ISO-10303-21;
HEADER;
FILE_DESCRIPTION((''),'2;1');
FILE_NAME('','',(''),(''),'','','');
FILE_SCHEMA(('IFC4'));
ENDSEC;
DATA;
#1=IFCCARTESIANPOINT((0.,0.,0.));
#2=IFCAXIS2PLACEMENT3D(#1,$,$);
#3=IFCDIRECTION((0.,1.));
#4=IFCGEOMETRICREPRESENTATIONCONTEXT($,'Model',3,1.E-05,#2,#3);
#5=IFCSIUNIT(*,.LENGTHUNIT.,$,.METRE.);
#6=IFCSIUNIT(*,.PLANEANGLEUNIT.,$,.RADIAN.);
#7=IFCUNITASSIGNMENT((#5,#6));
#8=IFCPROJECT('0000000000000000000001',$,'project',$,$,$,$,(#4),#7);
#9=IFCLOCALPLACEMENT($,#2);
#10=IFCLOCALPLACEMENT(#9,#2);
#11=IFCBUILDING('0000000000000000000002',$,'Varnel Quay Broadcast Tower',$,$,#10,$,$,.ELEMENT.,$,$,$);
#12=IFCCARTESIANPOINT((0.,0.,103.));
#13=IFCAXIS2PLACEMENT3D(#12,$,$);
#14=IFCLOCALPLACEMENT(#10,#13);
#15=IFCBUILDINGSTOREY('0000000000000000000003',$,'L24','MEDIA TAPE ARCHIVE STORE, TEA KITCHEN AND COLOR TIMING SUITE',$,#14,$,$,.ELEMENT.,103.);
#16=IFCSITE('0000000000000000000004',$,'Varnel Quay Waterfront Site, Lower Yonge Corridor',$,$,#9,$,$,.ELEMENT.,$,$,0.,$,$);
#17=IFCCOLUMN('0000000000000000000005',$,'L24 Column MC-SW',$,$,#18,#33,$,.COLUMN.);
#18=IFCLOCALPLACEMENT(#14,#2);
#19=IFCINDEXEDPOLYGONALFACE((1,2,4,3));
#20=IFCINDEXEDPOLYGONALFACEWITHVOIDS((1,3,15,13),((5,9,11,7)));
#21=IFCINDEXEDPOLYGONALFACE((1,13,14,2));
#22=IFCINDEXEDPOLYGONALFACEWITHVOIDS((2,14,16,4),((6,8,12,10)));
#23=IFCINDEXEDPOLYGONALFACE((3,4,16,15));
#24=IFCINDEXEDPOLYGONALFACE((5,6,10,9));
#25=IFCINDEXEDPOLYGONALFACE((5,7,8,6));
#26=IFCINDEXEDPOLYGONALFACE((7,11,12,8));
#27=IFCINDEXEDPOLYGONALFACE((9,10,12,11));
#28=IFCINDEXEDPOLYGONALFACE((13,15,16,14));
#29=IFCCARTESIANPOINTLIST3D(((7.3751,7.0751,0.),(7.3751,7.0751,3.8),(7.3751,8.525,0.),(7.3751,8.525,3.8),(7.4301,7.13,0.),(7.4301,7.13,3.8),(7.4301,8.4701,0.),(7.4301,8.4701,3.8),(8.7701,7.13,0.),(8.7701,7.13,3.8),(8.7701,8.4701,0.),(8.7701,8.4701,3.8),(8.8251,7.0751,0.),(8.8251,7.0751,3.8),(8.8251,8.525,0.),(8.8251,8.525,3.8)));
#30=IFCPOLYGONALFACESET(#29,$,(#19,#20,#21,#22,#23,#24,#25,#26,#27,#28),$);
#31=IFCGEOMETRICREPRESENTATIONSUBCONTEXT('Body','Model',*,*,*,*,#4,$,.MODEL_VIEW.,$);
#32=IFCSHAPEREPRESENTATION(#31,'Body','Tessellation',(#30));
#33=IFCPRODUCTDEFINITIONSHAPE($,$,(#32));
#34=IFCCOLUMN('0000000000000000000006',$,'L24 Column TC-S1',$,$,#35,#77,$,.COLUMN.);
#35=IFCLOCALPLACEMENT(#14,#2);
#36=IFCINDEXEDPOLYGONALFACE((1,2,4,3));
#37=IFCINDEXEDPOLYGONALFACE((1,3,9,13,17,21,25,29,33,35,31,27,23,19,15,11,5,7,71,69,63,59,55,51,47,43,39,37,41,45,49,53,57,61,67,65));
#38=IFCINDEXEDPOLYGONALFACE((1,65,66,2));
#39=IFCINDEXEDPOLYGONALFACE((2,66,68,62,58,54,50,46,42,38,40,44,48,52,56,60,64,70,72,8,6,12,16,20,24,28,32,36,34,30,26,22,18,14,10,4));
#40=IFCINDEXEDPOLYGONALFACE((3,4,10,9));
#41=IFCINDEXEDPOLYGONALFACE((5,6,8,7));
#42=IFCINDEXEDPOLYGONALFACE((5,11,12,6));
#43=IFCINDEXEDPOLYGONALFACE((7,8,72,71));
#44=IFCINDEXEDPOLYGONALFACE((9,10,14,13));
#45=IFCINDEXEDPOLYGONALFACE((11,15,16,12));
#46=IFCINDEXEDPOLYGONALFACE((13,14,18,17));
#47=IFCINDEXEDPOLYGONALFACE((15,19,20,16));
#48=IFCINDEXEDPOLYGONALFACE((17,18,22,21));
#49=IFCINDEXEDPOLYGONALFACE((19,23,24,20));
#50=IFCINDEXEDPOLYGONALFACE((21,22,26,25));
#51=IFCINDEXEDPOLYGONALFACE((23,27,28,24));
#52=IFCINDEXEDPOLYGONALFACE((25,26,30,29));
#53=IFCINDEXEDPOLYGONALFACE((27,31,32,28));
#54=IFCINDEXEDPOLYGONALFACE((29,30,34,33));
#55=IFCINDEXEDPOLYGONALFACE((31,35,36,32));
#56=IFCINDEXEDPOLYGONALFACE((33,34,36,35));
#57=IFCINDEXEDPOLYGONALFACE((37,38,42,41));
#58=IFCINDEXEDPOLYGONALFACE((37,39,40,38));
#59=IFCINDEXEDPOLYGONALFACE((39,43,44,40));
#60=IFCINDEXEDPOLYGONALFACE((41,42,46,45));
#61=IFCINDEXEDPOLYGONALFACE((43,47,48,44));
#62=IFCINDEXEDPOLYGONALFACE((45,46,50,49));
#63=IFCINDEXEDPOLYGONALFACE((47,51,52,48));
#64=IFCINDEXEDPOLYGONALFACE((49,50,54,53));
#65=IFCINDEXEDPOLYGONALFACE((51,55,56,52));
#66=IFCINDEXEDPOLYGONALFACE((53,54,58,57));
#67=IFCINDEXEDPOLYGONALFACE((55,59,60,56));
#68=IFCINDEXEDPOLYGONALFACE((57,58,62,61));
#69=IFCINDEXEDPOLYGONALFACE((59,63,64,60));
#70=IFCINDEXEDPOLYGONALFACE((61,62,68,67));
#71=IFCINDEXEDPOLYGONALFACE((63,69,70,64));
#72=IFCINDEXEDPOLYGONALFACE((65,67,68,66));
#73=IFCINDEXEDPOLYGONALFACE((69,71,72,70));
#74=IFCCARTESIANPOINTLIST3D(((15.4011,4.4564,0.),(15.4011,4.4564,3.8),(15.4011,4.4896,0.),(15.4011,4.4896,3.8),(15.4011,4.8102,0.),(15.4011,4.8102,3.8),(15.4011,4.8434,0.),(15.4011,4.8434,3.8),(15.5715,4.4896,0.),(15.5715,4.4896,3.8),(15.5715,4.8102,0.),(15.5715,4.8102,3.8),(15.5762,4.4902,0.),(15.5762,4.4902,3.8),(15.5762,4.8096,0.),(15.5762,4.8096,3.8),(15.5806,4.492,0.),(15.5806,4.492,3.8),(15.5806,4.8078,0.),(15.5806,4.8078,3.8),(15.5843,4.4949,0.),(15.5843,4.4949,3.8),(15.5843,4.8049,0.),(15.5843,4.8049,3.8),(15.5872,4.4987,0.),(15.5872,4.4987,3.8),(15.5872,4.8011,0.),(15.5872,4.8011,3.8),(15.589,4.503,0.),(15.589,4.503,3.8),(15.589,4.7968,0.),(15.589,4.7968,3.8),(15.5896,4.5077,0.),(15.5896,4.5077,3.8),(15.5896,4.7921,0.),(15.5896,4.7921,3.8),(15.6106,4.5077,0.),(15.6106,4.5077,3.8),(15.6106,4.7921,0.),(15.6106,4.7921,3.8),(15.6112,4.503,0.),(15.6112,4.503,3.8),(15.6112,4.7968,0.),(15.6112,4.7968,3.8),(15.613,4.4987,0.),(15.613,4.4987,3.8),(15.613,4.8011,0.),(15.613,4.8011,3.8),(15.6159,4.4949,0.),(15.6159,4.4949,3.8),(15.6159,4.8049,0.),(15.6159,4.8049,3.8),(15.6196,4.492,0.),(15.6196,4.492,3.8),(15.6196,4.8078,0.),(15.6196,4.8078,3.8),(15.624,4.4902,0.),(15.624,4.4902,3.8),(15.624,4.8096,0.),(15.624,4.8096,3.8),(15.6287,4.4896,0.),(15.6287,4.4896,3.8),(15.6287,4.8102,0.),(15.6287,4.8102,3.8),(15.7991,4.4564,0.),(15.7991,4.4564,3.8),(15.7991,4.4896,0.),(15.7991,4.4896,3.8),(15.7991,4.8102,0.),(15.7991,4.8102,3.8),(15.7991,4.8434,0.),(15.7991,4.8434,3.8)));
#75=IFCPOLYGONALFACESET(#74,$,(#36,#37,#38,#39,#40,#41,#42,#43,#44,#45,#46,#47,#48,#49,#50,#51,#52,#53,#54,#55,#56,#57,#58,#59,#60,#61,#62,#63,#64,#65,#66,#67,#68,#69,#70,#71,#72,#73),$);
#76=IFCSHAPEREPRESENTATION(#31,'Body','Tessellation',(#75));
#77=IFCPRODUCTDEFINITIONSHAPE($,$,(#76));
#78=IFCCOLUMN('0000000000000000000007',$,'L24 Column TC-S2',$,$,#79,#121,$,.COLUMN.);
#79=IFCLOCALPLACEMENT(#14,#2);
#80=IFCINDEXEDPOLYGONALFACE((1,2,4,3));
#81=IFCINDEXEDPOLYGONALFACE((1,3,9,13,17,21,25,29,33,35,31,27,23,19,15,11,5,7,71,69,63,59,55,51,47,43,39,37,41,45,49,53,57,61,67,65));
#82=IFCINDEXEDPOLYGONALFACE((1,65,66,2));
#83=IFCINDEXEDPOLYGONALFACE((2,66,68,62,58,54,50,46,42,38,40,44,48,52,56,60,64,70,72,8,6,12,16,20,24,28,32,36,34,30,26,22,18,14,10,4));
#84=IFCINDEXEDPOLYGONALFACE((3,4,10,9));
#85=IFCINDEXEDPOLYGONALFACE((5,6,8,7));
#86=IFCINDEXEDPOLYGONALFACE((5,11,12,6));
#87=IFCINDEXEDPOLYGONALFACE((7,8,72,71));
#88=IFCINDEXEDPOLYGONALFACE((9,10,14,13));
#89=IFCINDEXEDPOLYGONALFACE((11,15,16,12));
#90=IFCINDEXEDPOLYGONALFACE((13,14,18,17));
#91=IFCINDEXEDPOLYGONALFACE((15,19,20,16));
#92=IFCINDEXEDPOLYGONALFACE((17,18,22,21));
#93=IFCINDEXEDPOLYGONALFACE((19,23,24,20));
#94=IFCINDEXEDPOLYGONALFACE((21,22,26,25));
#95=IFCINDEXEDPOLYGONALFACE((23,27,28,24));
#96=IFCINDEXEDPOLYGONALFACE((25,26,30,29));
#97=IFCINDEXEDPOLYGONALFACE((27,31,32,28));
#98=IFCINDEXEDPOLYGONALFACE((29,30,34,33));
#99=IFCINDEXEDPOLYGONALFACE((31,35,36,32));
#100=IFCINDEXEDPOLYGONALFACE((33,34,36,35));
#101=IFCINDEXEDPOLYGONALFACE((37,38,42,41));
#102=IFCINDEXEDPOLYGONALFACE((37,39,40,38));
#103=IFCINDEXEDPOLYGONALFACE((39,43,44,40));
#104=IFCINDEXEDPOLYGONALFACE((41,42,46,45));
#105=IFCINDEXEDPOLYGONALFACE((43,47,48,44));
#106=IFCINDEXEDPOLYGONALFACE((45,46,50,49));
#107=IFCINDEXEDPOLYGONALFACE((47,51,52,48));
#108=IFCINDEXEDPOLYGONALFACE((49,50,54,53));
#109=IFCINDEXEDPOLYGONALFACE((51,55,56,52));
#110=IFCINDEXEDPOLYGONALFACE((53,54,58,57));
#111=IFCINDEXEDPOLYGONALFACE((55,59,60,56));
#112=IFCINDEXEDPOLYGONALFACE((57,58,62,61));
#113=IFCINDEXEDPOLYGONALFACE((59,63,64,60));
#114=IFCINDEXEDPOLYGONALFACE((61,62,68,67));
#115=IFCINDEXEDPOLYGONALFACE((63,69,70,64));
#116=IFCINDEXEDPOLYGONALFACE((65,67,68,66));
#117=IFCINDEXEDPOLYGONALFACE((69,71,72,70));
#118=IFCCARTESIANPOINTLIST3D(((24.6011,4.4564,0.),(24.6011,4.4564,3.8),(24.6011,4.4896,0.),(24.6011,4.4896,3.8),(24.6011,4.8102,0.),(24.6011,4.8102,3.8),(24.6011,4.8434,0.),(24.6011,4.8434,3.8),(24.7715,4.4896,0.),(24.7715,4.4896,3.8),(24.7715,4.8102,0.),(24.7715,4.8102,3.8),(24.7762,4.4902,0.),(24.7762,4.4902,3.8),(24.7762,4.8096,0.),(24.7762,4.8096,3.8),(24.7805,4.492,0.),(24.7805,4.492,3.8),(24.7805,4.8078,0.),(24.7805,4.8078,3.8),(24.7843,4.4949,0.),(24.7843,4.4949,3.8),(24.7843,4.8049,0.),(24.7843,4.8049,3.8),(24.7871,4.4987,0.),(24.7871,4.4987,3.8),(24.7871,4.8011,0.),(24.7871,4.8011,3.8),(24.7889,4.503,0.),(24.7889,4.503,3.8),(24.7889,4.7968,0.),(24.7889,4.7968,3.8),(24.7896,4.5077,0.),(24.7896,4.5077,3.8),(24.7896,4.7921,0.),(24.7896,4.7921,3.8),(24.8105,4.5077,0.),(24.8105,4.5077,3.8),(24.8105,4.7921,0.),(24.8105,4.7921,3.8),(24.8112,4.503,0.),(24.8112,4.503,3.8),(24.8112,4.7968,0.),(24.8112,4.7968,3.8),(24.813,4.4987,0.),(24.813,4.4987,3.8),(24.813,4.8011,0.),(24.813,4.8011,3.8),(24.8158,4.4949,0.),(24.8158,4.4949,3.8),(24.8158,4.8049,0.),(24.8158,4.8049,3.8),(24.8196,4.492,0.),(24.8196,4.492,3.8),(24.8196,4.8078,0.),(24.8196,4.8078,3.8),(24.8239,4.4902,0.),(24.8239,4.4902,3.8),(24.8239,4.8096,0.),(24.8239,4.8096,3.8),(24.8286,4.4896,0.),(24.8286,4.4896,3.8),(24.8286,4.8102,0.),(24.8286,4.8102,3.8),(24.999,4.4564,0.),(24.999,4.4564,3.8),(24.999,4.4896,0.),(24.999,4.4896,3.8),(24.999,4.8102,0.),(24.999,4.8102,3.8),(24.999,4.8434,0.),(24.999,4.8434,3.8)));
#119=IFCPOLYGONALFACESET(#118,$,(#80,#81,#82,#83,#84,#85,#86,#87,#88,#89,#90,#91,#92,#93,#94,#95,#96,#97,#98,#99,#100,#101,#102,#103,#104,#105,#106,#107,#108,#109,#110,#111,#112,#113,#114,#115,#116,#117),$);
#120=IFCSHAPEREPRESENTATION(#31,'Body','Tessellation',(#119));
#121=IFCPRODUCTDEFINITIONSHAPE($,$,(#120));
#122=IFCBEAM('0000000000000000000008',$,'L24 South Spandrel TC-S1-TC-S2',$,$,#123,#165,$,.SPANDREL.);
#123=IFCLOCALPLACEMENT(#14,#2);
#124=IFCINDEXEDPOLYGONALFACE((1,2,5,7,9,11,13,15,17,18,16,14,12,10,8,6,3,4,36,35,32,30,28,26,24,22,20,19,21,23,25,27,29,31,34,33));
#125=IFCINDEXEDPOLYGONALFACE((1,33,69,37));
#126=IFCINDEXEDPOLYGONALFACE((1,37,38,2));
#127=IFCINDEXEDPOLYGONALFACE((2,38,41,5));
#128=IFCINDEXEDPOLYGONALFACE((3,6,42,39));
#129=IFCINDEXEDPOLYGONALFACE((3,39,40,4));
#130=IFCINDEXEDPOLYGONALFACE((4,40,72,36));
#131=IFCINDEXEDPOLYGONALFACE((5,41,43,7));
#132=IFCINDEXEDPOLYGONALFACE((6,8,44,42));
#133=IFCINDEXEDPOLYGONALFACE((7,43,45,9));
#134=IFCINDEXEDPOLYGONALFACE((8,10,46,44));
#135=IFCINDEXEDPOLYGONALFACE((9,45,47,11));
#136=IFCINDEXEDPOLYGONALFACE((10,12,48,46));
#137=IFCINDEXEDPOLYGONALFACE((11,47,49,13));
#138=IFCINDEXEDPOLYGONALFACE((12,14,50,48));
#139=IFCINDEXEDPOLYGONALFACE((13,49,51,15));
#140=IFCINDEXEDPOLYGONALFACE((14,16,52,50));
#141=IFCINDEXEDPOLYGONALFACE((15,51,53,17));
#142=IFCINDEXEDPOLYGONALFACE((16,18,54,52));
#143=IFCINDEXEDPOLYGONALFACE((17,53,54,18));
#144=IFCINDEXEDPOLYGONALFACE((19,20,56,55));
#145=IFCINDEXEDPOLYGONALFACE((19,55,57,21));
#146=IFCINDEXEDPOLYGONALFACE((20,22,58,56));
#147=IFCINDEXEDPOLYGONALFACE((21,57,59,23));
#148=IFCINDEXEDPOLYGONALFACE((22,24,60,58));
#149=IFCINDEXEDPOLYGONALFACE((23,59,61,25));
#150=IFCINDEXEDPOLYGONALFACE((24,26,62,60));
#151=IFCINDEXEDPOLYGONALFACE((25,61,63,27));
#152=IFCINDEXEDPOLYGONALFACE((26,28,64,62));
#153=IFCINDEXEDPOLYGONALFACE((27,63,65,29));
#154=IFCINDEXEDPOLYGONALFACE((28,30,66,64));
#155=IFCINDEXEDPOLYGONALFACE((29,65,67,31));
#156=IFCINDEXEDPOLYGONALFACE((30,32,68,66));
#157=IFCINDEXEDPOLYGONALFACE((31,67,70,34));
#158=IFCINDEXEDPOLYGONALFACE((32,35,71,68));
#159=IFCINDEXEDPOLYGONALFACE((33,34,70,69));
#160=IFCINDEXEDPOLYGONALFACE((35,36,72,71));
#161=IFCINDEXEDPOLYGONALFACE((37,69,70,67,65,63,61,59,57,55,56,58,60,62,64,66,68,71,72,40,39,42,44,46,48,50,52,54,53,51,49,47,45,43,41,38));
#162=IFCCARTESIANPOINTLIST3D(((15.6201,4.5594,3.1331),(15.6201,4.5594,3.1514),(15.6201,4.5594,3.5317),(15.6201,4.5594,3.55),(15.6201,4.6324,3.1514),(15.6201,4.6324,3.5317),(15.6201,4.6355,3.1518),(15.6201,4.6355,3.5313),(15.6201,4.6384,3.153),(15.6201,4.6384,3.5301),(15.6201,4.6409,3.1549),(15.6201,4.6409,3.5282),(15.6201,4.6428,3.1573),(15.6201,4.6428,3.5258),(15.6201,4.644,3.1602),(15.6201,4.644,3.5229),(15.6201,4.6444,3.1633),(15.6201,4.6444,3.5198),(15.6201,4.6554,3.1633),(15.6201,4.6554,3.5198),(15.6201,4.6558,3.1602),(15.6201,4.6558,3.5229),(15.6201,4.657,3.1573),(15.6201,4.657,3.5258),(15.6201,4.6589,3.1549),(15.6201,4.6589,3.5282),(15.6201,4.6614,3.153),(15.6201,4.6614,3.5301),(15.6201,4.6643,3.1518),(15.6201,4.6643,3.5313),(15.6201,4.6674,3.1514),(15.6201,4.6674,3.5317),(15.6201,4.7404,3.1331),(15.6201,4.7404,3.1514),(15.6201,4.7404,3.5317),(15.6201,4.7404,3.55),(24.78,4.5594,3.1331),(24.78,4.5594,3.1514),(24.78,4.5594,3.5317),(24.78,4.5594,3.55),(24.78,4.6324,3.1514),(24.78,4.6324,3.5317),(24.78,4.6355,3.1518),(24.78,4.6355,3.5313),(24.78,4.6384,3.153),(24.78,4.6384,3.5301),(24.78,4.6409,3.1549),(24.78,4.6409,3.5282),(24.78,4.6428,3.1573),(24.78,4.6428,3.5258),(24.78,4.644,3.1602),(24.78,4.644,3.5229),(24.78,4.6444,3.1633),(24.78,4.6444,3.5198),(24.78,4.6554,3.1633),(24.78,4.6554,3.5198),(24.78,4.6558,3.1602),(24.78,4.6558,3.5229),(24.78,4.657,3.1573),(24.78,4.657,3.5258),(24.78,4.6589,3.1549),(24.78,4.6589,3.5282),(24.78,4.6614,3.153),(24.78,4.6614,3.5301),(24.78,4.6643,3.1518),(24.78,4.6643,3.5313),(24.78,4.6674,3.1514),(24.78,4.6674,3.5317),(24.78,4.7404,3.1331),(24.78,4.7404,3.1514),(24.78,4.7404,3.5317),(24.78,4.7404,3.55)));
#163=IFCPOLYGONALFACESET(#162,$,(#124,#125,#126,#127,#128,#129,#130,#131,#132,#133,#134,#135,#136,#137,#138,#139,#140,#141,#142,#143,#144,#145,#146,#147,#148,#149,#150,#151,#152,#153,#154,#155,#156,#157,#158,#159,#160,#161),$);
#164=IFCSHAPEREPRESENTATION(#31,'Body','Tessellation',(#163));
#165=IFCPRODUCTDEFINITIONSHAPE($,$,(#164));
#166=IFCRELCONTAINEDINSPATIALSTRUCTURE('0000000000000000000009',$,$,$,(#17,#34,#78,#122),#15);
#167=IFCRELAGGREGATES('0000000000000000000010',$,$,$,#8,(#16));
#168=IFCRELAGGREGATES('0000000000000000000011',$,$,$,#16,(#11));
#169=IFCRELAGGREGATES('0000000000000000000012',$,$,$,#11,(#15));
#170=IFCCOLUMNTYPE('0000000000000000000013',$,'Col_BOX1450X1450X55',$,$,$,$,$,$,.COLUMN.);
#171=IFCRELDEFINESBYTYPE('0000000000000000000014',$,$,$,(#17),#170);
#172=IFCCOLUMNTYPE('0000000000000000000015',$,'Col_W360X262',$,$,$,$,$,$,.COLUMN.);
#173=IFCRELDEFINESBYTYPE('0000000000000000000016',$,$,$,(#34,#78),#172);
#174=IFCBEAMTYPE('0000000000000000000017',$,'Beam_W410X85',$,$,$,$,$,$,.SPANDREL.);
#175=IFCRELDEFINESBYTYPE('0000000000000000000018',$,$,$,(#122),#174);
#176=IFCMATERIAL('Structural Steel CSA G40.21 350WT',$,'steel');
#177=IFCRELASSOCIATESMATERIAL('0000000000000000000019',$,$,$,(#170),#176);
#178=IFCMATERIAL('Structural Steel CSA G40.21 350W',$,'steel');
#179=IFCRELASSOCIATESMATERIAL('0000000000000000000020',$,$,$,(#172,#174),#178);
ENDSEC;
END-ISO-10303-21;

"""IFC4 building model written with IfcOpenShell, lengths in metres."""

from ifc_helpers import new_model, si_unit, direction, frame, origin, origin_2d, place, context, subcontext, project, spatial, hollow_rectangle, i_section, extrude, source, transform, mapped, material, material_profile, profile_set, type_object, type_shapes, element, save


model = new_model("IFC4")

# Units and contexts
model_context = context("Model", 3, precision=1e-05, world=origin(), true_north=direction((0.0, 1.0)))
body_context = subcontext(model_context, "Body", "Model", "MODEL_VIEW")
ifc_project = project(units=[si_unit("LENGTHUNIT", "METRE"), si_unit("PLANEANGLEUNIT", "RADIAN")], contexts=[model_context])

# Site, building, storey
site_placement = place(None, origin())
site = spatial("IfcSite", under=ifc_project, at=site_placement, Name="Varnel Quay Waterfront Site, Lower Yonge Corridor", CompositionType="ELEMENT", RefElevation=0.0)
building_placement = place(site_placement, origin())
building = spatial("IfcBuilding", under=site, at=building_placement, Name="Varnel Quay Broadcast Tower", CompositionType="ELEMENT")
storey_placement = place(building_placement, frame((0.0, 0.0, 103.0)))
storey = spatial("IfcBuildingStorey", under=building, at=storey_placement, Name="L24", Description="MEDIA TAPE ARCHIVE STORE, TEA KITCHEN AND COLOR TIMING SUITE", CompositionType="ELEMENT", Elevation=103.0)

# Columns
ifc_material_1 = material(Name="Structural Steel CSA G40.21 350WT", Category="steel")
ifc_material_profile_1 = material_profile(ifc_material_1, hollow_rectangle(XDim=1.45, YDim=1.45, WallThickness=0.0549, at=origin_2d()), Name="BOX1450X1450X55")
ifc_profile_set_1 = profile_set([ifc_material_profile_1], Name="Structural Steel CSA G40.21 350WT")
column_type_1 = type_object("IfcColumnType", Name="Col_BOX1450X1450X55", PredefinedType="COLUMN", material=ifc_profile_set_1)
shared_shape_1 = source(origin(), body_context, "Body", "SweptSolid", [
    extrude(hollow_rectangle(XDim=1.45, YDim=1.45, WallThickness=0.0549, at=origin_2d()), origin(), (0.0, 0.0, 1.0), 3.8),
])
type_shapes(column_type_1, [shared_shape_1])
column_placement = place(storey_placement, frame((8.1001, 7.8, 0.0), z_axis=(0.0, 0.0, 1.0), x_axis=(1.0, 0.0, 0.0)))
element("IfcColumn", 1, at=column_placement, inside=storey, type_object=column_type_1, Name="L24 Column MC-SW", PredefinedType="COLUMN", context=body_context, shape_type="MappedRepresentation", body=[
    mapped(shared_shape_1, transform((0.0, 0.0, 0.0), x_axis=(1.0, 0.0, 0.0), y_axis=(0.0, 1.0, 0.0), z_axis=(0.0, 0.0, 1.0), scale=1.0)),
])
ifc_material_2 = material(Name="Structural Steel CSA G40.21 350W", Category="steel")
ifc_material_profile_2 = material_profile(ifc_material_2, i_section(OverallWidth=0.3979, OverallDepth=0.387, WebThickness=0.021, FlangeThickness=0.0332, FilletRadius=0.0181, at=origin_2d()), Name="W360X262")
ifc_profile_set_2 = profile_set([ifc_material_profile_2], Name="Structural Steel CSA G40.21 350W")
column_type_2 = type_object("IfcColumnType", Name="Col_W360X262", PredefinedType="COLUMN", material=ifc_profile_set_2)
shared_shape_2 = source(origin(), body_context, "Body", "SweptSolid", [
    extrude(i_section(OverallWidth=0.3979, OverallDepth=0.387, WebThickness=0.021, FlangeThickness=0.0332, FilletRadius=0.0181, at=origin_2d()), origin(), (0.0, 0.0, 1.0), 3.8),
])
type_shapes(column_type_2, [shared_shape_2])
for number, where, z_axis, x_axis, name in (
    (2, (15.6001, 4.6499, 0.0), (0.0, 0.0, 1.0), (1.0, 0.0, 0.0), "L24 Column TC-S1"),
    (3, (24.8, 4.6499, 0.0), (0.0, 0.0, 1.0), (1.0, 0.0, 0.0), "L24 Column TC-S2"),
):
    element("IfcColumn", number, at=place(storey_placement, frame(where, z_axis=z_axis, x_axis=x_axis)), inside=storey, type_object=column_type_2, Name=name, PredefinedType="COLUMN", context=body_context, shape_type="MappedRepresentation", body=[
        mapped(shared_shape_2, transform((0.0, 0.0, 0.0), x_axis=(1.0, 0.0, 0.0), y_axis=(0.0, 1.0, 0.0), z_axis=(0.0, 0.0, 1.0), scale=1.0)),
    ])

# Beam
ifc_material_profile_3 = material_profile(ifc_material_2, i_section(OverallWidth=0.1809, OverallDepth=0.417, WebThickness=0.011, FlangeThickness=0.0183, FilletRadius=0.012, at=origin_2d()), Name="W410X85")
ifc_profile_set_3 = profile_set([ifc_material_profile_3], Name="Structural Steel CSA G40.21 350W")
beam_type_1 = type_object("IfcBeamType", Name="Beam_W410X85", PredefinedType="SPANDREL", material=ifc_profile_set_3)
shared_shape_3 = source(origin(), body_context, "Body", "SweptSolid", [
    extrude(i_section(OverallWidth=0.1809, OverallDepth=0.417, WebThickness=0.011, FlangeThickness=0.0183, FilletRadius=0.012, at=origin_2d()), origin(), (0.0, 0.0, 1.0), 9.1599),
])
for number, where, z_axis, x_axis, name in (
    (4, (15.6201, 4.6499, 3.3416), (1.0, 0.0, 0.0), (0.0, 1.0, 0.0), "L24 South Spandrel TC-S1-TC-S2"),
):
    element("IfcBeam", number, at=place(storey_placement, frame(where, z_axis=z_axis, x_axis=x_axis)), inside=storey, type_object=beam_type_1, Name=name, PredefinedType="SPANDREL", context=body_context, shape_type="MappedRepresentation", body=[
        mapped(shared_shape_3, transform((0.0, 0.0, 0.0), x_axis=(1.0, 0.0, 0.0), y_axis=(0.0, 1.0, 0.0), z_axis=(0.0, 0.0, 1.0), scale=1.0)),
    ])

save(model, "model.ifc")
